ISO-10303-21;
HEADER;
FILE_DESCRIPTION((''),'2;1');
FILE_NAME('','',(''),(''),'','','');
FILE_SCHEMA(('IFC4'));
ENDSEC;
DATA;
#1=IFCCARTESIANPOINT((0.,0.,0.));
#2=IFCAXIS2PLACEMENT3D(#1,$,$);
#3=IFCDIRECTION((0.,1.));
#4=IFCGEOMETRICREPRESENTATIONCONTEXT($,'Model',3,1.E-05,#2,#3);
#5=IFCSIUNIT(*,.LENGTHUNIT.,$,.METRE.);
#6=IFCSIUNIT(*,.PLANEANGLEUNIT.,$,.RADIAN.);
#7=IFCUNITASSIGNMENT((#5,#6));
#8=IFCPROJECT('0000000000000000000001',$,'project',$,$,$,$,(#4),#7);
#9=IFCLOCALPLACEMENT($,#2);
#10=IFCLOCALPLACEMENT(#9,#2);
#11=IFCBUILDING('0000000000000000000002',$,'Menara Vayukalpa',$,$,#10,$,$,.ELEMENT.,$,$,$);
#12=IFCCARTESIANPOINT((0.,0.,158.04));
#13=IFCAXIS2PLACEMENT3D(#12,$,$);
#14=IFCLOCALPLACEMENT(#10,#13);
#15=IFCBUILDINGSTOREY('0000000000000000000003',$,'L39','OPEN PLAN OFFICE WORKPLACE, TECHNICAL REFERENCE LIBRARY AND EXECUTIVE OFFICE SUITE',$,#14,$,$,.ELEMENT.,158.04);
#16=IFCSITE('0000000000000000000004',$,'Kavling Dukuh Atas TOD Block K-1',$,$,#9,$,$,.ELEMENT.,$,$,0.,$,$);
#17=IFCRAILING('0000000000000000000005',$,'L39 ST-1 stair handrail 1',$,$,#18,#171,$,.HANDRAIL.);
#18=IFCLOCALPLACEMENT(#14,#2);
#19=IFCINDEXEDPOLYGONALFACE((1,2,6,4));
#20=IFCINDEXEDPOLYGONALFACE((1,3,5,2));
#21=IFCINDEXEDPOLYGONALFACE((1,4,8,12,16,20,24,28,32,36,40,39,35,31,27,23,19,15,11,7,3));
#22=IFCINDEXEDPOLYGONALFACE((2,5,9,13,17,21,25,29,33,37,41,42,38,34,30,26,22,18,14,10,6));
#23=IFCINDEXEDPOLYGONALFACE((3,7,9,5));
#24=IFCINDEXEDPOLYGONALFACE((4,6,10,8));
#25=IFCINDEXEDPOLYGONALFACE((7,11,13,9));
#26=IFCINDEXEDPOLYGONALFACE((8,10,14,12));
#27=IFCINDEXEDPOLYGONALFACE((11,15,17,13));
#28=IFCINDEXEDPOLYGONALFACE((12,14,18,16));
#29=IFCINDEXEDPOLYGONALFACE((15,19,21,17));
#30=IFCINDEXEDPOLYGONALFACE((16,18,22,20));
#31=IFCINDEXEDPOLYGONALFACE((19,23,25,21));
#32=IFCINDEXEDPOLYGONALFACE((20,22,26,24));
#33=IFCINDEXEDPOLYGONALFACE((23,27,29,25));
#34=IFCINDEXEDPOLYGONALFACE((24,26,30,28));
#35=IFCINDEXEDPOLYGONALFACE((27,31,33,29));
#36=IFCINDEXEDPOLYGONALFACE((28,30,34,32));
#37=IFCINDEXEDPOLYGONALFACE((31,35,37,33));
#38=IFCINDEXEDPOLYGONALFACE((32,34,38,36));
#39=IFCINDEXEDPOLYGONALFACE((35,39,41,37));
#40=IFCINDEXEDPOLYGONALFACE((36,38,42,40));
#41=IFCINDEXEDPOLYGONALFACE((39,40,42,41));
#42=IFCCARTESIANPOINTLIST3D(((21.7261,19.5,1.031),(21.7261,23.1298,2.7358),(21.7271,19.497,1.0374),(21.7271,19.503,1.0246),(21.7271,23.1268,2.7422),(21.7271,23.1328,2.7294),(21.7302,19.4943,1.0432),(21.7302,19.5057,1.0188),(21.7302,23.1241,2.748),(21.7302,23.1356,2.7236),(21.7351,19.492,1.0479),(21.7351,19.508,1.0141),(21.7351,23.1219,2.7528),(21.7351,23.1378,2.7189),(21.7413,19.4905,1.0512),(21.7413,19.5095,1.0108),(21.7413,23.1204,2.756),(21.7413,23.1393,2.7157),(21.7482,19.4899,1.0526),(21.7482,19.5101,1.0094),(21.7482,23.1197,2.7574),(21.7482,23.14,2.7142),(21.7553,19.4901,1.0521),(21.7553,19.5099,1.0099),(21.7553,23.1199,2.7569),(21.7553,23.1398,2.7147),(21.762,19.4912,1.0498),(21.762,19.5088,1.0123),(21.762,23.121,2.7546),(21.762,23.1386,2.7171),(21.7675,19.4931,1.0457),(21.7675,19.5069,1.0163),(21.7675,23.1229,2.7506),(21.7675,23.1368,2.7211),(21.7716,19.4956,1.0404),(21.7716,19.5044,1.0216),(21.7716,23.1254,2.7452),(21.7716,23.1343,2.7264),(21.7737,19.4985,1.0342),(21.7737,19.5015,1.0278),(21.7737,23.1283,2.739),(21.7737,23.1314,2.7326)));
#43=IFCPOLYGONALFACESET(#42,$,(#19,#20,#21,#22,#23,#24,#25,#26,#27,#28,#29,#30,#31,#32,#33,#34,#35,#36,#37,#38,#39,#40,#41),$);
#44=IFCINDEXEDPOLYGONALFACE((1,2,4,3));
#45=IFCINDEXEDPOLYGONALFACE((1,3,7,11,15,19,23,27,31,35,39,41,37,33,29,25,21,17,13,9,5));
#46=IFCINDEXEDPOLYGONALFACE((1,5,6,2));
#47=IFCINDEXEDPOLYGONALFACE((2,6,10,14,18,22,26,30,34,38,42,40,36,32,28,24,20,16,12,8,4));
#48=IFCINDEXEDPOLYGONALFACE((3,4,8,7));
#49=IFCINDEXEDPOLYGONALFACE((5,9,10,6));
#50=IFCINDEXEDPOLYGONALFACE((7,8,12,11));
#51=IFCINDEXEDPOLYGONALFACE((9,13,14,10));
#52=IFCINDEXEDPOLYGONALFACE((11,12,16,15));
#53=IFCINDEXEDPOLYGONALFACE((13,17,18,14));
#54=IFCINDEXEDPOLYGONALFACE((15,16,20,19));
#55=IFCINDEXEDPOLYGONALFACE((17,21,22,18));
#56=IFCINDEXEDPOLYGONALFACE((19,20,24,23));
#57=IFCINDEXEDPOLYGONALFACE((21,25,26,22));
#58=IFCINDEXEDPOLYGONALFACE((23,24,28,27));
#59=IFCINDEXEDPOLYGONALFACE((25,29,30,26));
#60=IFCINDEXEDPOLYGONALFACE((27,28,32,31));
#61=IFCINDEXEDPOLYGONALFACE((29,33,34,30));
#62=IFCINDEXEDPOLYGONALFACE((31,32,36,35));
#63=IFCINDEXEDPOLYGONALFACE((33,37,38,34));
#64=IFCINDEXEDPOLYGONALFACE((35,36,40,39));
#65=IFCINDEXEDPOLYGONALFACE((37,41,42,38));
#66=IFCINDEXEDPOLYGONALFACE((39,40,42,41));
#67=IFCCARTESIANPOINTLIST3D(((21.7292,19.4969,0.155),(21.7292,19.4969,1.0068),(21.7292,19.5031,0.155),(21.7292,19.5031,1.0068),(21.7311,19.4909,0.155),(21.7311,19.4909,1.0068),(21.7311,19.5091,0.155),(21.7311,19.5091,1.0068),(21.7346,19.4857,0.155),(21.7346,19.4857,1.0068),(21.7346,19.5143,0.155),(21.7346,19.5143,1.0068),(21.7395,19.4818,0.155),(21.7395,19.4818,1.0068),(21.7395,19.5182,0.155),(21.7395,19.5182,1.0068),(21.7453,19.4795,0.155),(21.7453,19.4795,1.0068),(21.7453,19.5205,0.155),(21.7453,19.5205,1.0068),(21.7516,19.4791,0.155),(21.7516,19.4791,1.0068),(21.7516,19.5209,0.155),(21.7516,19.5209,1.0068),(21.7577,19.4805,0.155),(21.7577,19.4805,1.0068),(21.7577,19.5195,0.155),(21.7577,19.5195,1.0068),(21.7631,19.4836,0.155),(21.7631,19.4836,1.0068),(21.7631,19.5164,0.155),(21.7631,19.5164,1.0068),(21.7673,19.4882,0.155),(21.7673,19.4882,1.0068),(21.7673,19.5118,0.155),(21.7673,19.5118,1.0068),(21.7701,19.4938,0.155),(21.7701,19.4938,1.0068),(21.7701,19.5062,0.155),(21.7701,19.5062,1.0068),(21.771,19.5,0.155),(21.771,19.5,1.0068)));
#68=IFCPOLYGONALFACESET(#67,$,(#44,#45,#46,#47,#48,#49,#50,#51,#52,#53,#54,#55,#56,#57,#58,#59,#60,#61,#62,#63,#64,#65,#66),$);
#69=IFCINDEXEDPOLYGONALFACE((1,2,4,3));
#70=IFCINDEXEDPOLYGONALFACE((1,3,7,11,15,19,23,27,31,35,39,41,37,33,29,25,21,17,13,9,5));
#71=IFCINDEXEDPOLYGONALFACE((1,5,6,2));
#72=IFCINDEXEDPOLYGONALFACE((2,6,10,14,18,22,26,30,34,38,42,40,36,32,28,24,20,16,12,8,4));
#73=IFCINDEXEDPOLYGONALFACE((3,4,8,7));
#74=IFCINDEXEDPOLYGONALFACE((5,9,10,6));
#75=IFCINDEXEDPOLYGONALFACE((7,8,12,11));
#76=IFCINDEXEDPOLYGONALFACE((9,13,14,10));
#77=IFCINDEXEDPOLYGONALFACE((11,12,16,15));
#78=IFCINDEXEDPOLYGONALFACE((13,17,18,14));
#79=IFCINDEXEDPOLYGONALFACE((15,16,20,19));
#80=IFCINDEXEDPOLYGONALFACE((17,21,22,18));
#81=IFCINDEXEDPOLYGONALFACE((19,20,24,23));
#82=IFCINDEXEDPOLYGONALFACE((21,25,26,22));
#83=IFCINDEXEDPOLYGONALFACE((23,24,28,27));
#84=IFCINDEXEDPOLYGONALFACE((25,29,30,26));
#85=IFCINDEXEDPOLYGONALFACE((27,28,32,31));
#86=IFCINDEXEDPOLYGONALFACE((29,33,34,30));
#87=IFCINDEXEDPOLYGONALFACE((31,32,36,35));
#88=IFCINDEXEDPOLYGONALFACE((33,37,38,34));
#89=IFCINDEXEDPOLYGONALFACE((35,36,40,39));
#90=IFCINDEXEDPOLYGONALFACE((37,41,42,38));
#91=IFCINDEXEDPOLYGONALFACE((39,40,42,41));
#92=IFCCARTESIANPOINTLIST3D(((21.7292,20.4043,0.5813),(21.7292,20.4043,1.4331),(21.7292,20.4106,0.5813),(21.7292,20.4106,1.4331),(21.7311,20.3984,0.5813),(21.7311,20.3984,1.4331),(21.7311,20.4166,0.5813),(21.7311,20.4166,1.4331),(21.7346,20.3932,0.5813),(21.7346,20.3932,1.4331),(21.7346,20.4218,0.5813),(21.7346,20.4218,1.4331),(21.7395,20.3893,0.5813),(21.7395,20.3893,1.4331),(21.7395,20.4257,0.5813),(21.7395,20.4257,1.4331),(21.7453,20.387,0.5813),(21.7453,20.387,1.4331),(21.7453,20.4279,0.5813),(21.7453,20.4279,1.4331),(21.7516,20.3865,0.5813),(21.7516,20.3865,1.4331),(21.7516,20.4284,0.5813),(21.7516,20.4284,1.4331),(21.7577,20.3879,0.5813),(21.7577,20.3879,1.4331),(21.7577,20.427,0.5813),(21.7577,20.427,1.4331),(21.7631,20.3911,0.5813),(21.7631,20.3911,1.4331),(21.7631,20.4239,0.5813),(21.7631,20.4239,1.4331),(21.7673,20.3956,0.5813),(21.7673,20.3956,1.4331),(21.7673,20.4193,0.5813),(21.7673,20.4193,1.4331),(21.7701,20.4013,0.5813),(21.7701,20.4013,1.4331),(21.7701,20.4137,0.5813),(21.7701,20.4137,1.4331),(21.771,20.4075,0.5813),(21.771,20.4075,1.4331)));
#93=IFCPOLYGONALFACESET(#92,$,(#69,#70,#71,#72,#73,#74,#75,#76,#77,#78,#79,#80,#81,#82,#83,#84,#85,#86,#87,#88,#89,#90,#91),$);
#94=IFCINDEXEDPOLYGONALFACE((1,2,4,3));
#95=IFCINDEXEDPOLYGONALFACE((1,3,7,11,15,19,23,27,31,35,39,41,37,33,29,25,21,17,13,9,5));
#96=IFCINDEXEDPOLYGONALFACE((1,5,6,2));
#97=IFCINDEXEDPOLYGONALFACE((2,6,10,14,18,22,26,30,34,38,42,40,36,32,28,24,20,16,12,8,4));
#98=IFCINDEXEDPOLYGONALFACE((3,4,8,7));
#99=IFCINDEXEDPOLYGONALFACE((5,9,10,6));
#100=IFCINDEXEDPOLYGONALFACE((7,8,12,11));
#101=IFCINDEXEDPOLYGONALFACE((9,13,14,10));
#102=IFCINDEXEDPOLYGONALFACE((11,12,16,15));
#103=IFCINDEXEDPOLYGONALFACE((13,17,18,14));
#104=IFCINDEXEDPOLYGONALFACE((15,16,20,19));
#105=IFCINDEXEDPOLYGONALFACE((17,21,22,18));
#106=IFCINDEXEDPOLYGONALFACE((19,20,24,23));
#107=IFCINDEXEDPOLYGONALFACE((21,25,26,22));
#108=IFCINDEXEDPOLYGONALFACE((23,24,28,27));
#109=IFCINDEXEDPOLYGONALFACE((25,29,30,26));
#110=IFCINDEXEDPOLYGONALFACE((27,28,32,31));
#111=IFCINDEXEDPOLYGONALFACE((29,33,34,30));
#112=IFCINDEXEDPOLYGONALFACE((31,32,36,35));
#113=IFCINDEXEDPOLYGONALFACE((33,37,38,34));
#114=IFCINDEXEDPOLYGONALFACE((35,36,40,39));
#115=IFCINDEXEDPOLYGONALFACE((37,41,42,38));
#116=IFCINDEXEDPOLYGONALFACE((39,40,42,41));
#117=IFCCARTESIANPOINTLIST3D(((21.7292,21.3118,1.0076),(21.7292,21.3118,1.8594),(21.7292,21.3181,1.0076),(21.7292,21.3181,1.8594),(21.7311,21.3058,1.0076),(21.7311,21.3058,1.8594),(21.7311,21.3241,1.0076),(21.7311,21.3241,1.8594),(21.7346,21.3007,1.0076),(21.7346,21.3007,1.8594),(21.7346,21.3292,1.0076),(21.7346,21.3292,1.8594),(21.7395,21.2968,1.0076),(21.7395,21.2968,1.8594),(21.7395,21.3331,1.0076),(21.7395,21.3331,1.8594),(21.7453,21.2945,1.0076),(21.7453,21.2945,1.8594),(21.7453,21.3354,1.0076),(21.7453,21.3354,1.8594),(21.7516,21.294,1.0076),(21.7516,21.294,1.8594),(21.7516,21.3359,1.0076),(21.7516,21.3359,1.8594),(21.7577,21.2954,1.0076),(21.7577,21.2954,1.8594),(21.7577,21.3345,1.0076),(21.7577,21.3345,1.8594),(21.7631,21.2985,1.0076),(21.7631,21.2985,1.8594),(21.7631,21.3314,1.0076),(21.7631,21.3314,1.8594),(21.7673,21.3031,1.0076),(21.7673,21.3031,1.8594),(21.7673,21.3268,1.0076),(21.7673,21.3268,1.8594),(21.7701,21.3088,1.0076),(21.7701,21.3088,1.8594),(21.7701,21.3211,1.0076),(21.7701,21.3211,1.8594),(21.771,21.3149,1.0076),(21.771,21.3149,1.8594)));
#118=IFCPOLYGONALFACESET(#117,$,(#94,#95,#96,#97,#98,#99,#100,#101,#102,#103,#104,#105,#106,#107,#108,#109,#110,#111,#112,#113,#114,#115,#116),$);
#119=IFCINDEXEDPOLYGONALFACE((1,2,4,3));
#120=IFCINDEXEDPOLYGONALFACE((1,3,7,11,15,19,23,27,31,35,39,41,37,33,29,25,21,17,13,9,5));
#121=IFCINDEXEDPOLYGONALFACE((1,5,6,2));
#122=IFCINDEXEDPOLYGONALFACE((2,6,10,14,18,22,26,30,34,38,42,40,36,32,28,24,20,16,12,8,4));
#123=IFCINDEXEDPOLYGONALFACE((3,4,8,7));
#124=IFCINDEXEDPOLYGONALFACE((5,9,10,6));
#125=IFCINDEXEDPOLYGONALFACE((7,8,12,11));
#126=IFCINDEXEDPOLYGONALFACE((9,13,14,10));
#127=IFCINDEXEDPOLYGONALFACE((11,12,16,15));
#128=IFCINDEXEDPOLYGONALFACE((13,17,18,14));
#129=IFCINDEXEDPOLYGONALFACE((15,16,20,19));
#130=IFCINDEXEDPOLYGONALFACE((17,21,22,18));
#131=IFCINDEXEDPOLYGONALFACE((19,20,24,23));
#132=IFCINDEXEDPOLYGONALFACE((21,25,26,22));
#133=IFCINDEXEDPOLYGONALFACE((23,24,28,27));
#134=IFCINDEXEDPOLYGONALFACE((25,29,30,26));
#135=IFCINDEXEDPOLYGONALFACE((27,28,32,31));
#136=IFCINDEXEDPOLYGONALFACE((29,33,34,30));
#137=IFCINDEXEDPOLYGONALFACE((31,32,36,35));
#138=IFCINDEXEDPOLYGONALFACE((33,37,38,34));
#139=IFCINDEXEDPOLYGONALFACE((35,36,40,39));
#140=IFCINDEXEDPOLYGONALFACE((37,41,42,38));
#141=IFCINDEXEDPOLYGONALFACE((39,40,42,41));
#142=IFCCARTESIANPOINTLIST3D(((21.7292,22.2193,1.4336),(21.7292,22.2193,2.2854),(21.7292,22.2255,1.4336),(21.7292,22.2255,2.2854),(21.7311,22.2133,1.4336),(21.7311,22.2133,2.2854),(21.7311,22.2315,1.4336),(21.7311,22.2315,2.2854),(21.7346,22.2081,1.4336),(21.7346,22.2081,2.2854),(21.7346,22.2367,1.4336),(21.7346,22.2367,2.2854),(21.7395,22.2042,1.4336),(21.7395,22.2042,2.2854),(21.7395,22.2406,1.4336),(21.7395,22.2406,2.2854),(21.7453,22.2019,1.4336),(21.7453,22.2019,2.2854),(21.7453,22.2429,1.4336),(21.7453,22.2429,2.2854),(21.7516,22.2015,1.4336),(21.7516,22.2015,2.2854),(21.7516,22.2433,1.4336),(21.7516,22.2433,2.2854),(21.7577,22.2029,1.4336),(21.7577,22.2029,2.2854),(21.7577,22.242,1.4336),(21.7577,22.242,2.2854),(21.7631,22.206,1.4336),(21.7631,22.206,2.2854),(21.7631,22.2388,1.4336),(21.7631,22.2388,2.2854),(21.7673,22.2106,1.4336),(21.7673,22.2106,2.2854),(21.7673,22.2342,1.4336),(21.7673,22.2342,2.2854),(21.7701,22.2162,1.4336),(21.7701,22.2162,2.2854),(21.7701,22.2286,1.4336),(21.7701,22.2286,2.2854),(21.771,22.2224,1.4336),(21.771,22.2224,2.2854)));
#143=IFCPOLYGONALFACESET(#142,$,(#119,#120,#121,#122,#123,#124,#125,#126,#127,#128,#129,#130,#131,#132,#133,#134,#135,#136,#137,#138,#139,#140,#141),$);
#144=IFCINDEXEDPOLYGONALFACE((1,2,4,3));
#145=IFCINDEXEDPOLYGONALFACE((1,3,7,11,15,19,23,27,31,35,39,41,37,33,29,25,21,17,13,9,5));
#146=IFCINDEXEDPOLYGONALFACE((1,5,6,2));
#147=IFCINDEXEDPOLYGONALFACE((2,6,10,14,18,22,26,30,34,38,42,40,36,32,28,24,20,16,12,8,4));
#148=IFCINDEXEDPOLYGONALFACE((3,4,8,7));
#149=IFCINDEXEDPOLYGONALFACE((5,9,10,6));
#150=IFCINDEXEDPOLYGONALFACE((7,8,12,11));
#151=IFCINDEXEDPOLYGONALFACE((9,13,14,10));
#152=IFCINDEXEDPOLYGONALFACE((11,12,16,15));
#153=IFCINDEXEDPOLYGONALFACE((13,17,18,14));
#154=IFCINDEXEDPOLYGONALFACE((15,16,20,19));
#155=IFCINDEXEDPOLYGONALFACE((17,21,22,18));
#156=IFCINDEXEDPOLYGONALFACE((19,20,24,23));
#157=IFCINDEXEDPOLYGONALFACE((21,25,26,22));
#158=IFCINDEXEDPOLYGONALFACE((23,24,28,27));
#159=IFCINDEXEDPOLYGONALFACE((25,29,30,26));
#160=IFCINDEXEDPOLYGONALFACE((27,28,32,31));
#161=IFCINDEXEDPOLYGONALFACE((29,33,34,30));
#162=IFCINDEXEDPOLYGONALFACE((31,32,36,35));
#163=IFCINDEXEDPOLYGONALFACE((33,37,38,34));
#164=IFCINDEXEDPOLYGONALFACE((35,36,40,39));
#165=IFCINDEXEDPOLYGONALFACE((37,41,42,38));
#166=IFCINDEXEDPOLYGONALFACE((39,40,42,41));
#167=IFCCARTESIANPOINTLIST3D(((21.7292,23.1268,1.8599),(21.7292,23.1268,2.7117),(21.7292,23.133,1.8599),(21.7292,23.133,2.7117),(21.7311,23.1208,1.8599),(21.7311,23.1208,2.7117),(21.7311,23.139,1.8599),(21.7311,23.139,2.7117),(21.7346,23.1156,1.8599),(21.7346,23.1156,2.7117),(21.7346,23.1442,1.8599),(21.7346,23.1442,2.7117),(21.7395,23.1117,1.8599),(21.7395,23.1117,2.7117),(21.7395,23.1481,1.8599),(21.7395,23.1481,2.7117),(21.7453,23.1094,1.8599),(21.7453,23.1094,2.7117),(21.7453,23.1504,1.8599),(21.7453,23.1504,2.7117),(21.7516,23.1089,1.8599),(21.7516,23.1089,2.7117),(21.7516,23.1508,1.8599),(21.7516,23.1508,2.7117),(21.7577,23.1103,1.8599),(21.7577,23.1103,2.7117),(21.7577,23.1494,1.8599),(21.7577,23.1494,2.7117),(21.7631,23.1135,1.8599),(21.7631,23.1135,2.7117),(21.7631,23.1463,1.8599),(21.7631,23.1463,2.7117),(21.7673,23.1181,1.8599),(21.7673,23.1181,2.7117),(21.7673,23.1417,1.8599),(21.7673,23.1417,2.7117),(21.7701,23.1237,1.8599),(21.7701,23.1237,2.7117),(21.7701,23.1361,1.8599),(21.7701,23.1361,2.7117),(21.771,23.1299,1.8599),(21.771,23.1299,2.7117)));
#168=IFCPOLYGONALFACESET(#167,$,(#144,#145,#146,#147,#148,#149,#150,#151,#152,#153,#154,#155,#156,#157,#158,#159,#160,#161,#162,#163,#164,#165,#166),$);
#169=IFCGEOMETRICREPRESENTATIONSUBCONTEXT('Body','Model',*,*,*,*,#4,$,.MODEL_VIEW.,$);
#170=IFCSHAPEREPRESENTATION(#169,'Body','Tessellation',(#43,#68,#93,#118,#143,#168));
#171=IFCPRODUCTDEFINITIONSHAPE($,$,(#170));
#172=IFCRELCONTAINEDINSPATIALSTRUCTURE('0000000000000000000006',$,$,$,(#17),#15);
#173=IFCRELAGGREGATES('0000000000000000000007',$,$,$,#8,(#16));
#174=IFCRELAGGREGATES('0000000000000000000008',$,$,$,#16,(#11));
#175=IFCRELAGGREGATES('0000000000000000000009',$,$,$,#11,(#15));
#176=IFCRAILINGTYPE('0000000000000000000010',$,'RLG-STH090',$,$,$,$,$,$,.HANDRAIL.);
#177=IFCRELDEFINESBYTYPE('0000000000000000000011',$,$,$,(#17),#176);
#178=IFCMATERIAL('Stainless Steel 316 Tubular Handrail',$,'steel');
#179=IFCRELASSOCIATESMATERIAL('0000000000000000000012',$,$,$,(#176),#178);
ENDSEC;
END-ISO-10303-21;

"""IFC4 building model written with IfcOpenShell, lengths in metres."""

from ifc_helpers import new_model, si_unit, direction, frame, origin, origin_2d, place, context, subcontext, project, spatial, circle, extrude, material, type_object, element, save


model = new_model("IFC4")

# Units and contexts
model_context = context("Model", 3, precision=1e-05, world=origin(), true_north=direction((0.0, 1.0)))
body_context = subcontext(model_context, "Body", "Model", "MODEL_VIEW")
ifc_project = project(units=[si_unit("LENGTHUNIT", "METRE"), si_unit("PLANEANGLEUNIT", "RADIAN")], contexts=[model_context])

# Site, building, storey
site_placement = place(None, origin())
site = spatial("IfcSite", under=ifc_project, at=site_placement, Name="Kavling Dukuh Atas TOD Block K-1", CompositionType="ELEMENT", RefElevation=0.0)
building_placement = place(site_placement, origin())
building = spatial("IfcBuilding", under=site, at=building_placement, Name="Menara Vayukalpa", CompositionType="ELEMENT")
storey_placement = place(building_placement, frame((0.0, 0.0, 158.04)))
storey = spatial("IfcBuildingStorey", under=building, at=storey_placement, Name="L39", Description="OPEN PLAN OFFICE WORKPLACE, TECHNICAL REFERENCE LIBRARY AND EXECUTIVE OFFICE SUITE", CompositionType="ELEMENT", Elevation=158.04)

# Railing
ifc_material_1 = material(Name="Stainless Steel 316 Tubular Handrail", Category="steel")
railing_type_1 = type_object("IfcRailingType", Name="RLG-STH090", PredefinedType="HANDRAIL", material=ifc_material_1)
railing_1_placement = place(storey_placement, frame((21.75, 19.5, 0.155)))
element("IfcRailing", 1, at=railing_1_placement, inside=storey, type_object=railing_type_1, Name="L39 ST-1 stair handrail 1", PredefinedType="HANDRAIL", context=body_context, shape_type="SweptSolid", body=[
    extrude(circle(Radius=0.0239, at=origin_2d()), frame((0.0, 0.0, 0.876), z_axis=(0.0, 0.90514, 0.425114), x_axis=(-1.0, 0.0, 0.0)), (0.0, 0.0, 1.0), 4.0103),
    extrude(circle(Radius=0.021, at=origin_2d()), origin(), (0.0, 0.0, 1.0), 0.8518),
    extrude(circle(Radius=0.021, at=origin_2d()), frame((0.0, 0.9075, 0.4263)), (0.0, 0.0, 1.0), 0.8518),
    extrude(circle(Radius=0.021, at=origin_2d()), frame((0.0, 1.8149, 0.8525)), (0.0, 0.0, 1.0), 0.8518),
    extrude(circle(Radius=0.021, at=origin_2d()), frame((0.0, 2.7224, 1.2786)), (0.0, 0.0, 1.0), 0.8518),
    extrude(circle(Radius=0.021, at=origin_2d()), frame((0.0, 3.6299, 1.7048)), (0.0, 0.0, 1.0), 0.8518),
])

save(model, "model.ifc")
